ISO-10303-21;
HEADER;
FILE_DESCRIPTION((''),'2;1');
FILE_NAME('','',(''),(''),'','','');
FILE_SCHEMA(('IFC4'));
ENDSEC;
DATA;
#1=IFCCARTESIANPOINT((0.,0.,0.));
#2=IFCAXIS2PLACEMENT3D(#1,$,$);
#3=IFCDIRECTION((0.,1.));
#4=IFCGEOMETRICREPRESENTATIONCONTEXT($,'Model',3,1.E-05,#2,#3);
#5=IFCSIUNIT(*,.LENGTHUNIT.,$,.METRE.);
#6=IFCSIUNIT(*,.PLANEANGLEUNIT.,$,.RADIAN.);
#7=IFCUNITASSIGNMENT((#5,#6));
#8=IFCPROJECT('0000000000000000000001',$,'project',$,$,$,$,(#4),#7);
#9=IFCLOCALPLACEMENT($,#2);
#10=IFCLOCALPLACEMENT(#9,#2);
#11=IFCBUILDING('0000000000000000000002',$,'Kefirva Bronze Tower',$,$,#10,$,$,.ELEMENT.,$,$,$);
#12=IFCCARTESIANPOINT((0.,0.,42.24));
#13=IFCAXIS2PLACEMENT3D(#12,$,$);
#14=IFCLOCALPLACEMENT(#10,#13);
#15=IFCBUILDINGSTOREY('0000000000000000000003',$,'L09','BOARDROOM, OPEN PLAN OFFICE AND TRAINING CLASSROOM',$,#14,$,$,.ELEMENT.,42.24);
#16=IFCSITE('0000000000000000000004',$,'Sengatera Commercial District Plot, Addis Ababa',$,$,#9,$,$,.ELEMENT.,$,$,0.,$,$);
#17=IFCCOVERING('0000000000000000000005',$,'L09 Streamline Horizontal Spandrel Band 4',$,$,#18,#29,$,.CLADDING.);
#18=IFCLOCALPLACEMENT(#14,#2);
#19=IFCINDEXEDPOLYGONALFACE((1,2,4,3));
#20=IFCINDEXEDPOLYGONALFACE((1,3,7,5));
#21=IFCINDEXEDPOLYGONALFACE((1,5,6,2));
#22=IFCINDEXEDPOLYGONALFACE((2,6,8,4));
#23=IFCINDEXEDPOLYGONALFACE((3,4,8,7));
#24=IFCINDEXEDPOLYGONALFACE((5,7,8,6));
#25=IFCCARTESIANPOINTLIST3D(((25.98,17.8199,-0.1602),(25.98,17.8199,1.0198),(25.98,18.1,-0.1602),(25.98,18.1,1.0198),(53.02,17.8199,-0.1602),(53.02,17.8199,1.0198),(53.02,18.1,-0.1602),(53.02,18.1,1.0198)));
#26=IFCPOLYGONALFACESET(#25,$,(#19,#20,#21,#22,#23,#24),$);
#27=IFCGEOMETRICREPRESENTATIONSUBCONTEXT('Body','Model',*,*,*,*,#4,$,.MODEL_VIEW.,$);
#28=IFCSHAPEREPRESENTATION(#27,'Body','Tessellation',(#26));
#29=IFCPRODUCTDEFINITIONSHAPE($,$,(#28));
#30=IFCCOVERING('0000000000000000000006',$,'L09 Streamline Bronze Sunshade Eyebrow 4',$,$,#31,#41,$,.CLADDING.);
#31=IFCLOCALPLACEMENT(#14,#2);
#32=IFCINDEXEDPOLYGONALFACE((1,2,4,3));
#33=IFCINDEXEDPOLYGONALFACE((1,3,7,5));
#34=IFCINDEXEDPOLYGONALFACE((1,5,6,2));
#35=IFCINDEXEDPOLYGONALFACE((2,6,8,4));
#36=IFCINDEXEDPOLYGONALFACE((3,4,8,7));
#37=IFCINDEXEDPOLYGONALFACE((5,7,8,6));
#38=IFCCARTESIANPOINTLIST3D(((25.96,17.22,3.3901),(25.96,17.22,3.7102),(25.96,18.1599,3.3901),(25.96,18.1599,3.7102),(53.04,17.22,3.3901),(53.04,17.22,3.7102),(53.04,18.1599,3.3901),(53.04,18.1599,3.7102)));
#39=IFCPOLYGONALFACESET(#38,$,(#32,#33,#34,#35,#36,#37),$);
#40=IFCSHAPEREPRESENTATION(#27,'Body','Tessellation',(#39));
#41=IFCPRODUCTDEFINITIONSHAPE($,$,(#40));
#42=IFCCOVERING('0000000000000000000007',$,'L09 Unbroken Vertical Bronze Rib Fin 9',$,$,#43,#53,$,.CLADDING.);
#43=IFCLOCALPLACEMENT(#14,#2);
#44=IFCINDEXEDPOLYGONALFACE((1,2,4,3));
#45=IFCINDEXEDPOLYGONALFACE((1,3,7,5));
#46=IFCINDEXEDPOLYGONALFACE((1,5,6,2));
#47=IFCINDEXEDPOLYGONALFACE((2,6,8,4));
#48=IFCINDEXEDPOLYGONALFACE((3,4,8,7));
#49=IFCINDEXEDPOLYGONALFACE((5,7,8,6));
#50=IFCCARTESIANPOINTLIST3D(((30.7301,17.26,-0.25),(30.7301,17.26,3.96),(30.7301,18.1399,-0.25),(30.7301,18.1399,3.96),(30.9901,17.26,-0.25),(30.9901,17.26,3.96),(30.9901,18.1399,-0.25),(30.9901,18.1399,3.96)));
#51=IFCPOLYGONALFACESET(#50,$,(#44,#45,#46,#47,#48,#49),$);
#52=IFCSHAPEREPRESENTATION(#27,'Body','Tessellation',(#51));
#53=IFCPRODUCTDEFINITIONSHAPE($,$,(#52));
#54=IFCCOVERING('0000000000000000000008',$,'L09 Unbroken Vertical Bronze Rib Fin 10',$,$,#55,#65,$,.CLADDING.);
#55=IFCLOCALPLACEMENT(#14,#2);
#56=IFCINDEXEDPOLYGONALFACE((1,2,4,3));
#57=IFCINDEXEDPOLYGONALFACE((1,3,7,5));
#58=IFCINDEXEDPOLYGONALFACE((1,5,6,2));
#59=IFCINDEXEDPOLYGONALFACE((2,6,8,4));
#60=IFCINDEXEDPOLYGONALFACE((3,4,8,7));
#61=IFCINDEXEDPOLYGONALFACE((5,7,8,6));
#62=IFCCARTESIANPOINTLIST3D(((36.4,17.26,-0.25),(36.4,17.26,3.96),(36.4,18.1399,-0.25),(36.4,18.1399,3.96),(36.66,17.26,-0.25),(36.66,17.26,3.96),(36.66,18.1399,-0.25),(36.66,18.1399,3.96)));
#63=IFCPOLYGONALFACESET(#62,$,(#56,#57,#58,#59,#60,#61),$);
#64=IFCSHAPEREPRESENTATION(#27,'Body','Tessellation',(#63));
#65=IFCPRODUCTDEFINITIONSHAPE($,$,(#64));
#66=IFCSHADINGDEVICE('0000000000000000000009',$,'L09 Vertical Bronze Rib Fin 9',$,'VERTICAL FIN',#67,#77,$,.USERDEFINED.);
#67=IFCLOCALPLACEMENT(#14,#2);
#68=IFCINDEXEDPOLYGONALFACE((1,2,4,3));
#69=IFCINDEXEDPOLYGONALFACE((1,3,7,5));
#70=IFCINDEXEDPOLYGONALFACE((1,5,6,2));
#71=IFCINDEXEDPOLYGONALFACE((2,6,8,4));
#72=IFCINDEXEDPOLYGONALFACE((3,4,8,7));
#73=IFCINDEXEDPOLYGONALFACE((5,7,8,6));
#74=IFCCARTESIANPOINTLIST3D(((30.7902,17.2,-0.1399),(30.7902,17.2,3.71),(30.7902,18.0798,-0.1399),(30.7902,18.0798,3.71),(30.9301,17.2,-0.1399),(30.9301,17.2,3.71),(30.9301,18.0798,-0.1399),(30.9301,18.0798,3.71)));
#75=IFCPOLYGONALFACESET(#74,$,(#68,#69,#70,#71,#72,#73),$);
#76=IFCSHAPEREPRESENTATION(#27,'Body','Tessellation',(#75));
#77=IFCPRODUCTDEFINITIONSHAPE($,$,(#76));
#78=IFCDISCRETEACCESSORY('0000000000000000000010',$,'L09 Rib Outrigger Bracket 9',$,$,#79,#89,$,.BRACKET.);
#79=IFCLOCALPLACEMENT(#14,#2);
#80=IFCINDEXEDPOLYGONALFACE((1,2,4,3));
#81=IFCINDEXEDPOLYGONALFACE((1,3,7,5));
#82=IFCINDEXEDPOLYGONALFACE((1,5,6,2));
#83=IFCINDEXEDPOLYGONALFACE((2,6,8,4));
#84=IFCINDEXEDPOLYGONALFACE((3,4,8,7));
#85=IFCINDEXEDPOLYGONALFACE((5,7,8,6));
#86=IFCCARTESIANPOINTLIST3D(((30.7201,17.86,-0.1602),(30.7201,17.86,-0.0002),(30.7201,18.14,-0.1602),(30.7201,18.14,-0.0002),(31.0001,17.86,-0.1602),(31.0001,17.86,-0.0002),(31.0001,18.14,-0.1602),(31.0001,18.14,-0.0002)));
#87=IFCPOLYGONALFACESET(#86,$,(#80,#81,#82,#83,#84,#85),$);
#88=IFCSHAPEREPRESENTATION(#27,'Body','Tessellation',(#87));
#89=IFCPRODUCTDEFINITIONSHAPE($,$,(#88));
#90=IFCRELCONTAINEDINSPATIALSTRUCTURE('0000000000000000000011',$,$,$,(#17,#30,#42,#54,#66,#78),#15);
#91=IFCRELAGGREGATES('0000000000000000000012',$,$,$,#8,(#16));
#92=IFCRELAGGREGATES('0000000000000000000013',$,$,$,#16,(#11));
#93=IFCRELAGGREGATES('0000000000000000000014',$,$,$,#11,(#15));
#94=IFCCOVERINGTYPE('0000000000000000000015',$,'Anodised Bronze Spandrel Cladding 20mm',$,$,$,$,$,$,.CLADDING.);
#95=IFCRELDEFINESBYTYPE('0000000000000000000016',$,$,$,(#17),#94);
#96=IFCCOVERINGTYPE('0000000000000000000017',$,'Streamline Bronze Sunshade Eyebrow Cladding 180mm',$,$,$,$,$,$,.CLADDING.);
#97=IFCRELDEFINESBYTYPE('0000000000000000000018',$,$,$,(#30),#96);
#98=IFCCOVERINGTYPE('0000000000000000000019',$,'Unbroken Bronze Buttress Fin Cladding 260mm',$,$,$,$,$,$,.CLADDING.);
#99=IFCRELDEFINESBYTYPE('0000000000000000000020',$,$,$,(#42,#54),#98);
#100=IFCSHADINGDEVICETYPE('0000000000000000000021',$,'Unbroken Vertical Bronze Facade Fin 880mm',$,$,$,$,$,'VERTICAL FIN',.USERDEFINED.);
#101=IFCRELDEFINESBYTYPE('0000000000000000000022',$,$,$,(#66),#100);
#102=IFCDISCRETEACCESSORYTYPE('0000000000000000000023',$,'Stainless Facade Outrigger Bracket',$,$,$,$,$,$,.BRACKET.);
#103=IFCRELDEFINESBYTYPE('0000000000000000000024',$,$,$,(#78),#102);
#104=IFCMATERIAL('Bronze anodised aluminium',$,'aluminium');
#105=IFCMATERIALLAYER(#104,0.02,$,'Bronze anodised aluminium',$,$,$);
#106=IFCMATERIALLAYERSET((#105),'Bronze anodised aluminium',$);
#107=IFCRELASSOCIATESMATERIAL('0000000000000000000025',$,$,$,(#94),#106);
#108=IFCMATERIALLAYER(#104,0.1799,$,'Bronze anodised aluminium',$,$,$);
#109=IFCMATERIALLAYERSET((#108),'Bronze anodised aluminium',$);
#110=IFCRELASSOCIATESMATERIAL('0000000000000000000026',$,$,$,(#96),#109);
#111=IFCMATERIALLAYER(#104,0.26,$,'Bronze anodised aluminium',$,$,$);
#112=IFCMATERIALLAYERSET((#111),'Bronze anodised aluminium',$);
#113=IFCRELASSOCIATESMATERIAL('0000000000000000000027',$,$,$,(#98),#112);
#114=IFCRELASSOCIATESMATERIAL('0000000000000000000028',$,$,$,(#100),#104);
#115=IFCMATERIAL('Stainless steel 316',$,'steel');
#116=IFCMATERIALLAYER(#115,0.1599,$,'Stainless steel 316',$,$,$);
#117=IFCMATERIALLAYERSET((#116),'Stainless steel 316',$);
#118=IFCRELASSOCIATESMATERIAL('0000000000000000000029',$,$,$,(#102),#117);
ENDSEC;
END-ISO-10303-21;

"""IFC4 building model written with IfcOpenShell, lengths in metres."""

from ifc_helpers import new_model, si_unit, direction, frame, origin, origin_2d, place, context, subcontext, project, spatial, rectangle, extrude, material, layer, layer_set, material_profile, profile_set, type_object, element, save


model = new_model("IFC4")

# Units and contexts
model_context = context("Model", 3, precision=1e-05, world=origin(), true_north=direction((0.0, 1.0)))
body_context = subcontext(model_context, "Body", "Model", "MODEL_VIEW")
ifc_project = project(units=[si_unit("LENGTHUNIT", "METRE"), si_unit("PLANEANGLEUNIT", "RADIAN")], contexts=[model_context])

# Site, building, storey
site_placement = place(None, origin())
site = spatial("IfcSite", under=ifc_project, at=site_placement, Name="Sengatera Commercial District Plot, Addis Ababa", CompositionType="ELEMENT", RefElevation=0.0)
building_placement = place(site_placement, origin())
building = spatial("IfcBuilding", under=site, at=building_placement, Name="Kefirva Bronze Tower", CompositionType="ELEMENT")
storey_placement = place(building_placement, frame((0.0, 0.0, 42.24)))
storey = spatial("IfcBuildingStorey", under=building, at=storey_placement, Name="L09", Description="BOARDROOM, OPEN PLAN OFFICE AND TRAINING CLASSROOM", CompositionType="ELEMENT", Elevation=42.24)

# Shared definitions
ifc_material_1 = material(Name="Bronze anodised aluminium", Category="aluminium")

# Coverings
ifc_layer_1 = layer(ifc_material_1, 0.02, Name="Bronze anodised aluminium")
ifc_layer_set_1 = layer_set([ifc_layer_1], Name="Bronze anodised aluminium")
covering_type_1 = type_object("IfcCoveringType", Name="Anodised Bronze Spandrel Cladding 20mm", PredefinedType="CLADDING", material=ifc_layer_set_1)
covering_1_placement = place(storey_placement, frame((39.5, 17.96, -0.1602), z_axis=(0.0, 0.0, 1.0), x_axis=(1.0, 0.0, 0.0)))
element("IfcCovering", 1, at=covering_1_placement, inside=storey, type_object=covering_type_1, Name="L09 Streamline Horizontal Spandrel Band 4", PredefinedType="CLADDING", context=body_context, shape_type="SweptSolid", body=[
    extrude(rectangle(XDim=27.04, YDim=0.28, at=origin_2d()), origin(), (0.0, 0.0, 1.0), 1.1799),
])
ifc_layer_2 = layer(ifc_material_1, 0.1799, Name="Bronze anodised aluminium")
ifc_layer_set_2 = layer_set([ifc_layer_2], Name="Bronze anodised aluminium")
covering_type_2 = type_object("IfcCoveringType", Name="Streamline Bronze Sunshade Eyebrow Cladding 180mm", PredefinedType="CLADDING", material=ifc_layer_set_2)
covering_2_placement = place(storey_placement, frame((39.5, 17.6899, 3.3901), z_axis=(0.0, 0.0, 1.0), x_axis=(1.0, 0.0, 0.0)))
element("IfcCovering", 2, at=covering_2_placement, inside=storey, type_object=covering_type_2, Name="L09 Streamline Bronze Sunshade Eyebrow 4", PredefinedType="CLADDING", context=body_context, shape_type="SweptSolid", body=[
    extrude(rectangle(XDim=27.0801, YDim=0.9399, at=origin_2d()), origin(), (0.0, 0.0, 1.0), 0.3201),
])
ifc_layer_3 = layer(ifc_material_1, 0.26, Name="Bronze anodised aluminium")
ifc_layer_set_3 = layer_set([ifc_layer_3], Name="Bronze anodised aluminium")
covering_type_3 = type_object("IfcCoveringType", Name="Unbroken Bronze Buttress Fin Cladding 260mm", PredefinedType="CLADDING", material=ifc_layer_set_3)
for number, where, z_axis, x_axis, name in (
    (3, (30.8601, 17.7, -0.25), (0.0, 0.0, 1.0), (1.0, 0.0, 0.0), "L09 Unbroken Vertical Bronze Rib Fin 9"),
    (4, (36.53, 17.7, -0.25), (0.0, 0.0, 1.0), (1.0, 0.0, 0.0), "L09 Unbroken Vertical Bronze Rib Fin 10"),
):
    element("IfcCovering", number, at=place(storey_placement, frame(where, z_axis=z_axis, x_axis=x_axis)), inside=storey, type_object=covering_type_3, Name=name, PredefinedType="CLADDING", context=body_context, shape_type="SweptSolid", body=[
        extrude(rectangle(XDim=0.26, YDim=0.8799, at=origin_2d()), origin(), (0.0, 0.0, 1.0), 4.21),
    ])

# Shading device
ifc_material_profile_1 = material_profile(ifc_material_1, rectangle(XDim=0.1399, YDim=0.8799, at=origin_2d()), Name="BRONZE FIN 140x880")
ifc_profile_set_1 = profile_set([ifc_material_profile_1], Name="Bronze anodised aluminium")
shading_device_type = type_object("IfcShadingDeviceType", Name="Unbroken Vertical Bronze Facade Fin 880mm", ElementType="VERTICAL FIN", PredefinedType="USERDEFINED", material=ifc_profile_set_1)
shading_device_placement = place(storey_placement, frame((30.8601, 17.6399, -0.1399), z_axis=(0.0, 0.0, 1.0), x_axis=(1.0, 0.0, 0.0)))
element("IfcShadingDevice", 5, at=shading_device_placement, inside=storey, type_object=shading_device_type, Name="L09 Vertical Bronze Rib Fin 9", ObjectType="VERTICAL FIN", PredefinedType="USERDEFINED", context=body_context, shape_type="SweptSolid", body=[
    extrude(rectangle(XDim=0.1399, YDim=0.8799, at=origin_2d()), origin(), (0.0, 0.0, 1.0), 3.8499),
])

# Discrete accessory
ifc_material_2 = material(Name="Stainless steel 316", Category="steel")
ifc_layer_4 = layer(ifc_material_2, 0.1599, Name="Stainless steel 316")
ifc_layer_set_4 = layer_set([ifc_layer_4], Name="Stainless steel 316")
discrete_accessory_type = type_object("IfcDiscreteAccessoryType", Name="Stainless Facade Outrigger Bracket", PredefinedType="BRACKET", material=ifc_layer_set_4)
discrete_accessory_placement = place(storey_placement, frame((30.8601, 18.0, -0.1602), z_axis=(0.0, 0.0, 1.0), x_axis=(1.0, 0.0, 0.0)))
element("IfcDiscreteAccessory", 6, at=discrete_accessory_placement, inside=storey, type_object=discrete_accessory_type, Name="L09 Rib Outrigger Bracket 9", PredefinedType="BRACKET", context=body_context, shape_type="SweptSolid", body=[
    extrude(rectangle(XDim=0.28, YDim=0.28, at=origin_2d()), origin(), (0.0, 0.0, 1.0), 0.1599),
])

save(model, "model.ifc")
